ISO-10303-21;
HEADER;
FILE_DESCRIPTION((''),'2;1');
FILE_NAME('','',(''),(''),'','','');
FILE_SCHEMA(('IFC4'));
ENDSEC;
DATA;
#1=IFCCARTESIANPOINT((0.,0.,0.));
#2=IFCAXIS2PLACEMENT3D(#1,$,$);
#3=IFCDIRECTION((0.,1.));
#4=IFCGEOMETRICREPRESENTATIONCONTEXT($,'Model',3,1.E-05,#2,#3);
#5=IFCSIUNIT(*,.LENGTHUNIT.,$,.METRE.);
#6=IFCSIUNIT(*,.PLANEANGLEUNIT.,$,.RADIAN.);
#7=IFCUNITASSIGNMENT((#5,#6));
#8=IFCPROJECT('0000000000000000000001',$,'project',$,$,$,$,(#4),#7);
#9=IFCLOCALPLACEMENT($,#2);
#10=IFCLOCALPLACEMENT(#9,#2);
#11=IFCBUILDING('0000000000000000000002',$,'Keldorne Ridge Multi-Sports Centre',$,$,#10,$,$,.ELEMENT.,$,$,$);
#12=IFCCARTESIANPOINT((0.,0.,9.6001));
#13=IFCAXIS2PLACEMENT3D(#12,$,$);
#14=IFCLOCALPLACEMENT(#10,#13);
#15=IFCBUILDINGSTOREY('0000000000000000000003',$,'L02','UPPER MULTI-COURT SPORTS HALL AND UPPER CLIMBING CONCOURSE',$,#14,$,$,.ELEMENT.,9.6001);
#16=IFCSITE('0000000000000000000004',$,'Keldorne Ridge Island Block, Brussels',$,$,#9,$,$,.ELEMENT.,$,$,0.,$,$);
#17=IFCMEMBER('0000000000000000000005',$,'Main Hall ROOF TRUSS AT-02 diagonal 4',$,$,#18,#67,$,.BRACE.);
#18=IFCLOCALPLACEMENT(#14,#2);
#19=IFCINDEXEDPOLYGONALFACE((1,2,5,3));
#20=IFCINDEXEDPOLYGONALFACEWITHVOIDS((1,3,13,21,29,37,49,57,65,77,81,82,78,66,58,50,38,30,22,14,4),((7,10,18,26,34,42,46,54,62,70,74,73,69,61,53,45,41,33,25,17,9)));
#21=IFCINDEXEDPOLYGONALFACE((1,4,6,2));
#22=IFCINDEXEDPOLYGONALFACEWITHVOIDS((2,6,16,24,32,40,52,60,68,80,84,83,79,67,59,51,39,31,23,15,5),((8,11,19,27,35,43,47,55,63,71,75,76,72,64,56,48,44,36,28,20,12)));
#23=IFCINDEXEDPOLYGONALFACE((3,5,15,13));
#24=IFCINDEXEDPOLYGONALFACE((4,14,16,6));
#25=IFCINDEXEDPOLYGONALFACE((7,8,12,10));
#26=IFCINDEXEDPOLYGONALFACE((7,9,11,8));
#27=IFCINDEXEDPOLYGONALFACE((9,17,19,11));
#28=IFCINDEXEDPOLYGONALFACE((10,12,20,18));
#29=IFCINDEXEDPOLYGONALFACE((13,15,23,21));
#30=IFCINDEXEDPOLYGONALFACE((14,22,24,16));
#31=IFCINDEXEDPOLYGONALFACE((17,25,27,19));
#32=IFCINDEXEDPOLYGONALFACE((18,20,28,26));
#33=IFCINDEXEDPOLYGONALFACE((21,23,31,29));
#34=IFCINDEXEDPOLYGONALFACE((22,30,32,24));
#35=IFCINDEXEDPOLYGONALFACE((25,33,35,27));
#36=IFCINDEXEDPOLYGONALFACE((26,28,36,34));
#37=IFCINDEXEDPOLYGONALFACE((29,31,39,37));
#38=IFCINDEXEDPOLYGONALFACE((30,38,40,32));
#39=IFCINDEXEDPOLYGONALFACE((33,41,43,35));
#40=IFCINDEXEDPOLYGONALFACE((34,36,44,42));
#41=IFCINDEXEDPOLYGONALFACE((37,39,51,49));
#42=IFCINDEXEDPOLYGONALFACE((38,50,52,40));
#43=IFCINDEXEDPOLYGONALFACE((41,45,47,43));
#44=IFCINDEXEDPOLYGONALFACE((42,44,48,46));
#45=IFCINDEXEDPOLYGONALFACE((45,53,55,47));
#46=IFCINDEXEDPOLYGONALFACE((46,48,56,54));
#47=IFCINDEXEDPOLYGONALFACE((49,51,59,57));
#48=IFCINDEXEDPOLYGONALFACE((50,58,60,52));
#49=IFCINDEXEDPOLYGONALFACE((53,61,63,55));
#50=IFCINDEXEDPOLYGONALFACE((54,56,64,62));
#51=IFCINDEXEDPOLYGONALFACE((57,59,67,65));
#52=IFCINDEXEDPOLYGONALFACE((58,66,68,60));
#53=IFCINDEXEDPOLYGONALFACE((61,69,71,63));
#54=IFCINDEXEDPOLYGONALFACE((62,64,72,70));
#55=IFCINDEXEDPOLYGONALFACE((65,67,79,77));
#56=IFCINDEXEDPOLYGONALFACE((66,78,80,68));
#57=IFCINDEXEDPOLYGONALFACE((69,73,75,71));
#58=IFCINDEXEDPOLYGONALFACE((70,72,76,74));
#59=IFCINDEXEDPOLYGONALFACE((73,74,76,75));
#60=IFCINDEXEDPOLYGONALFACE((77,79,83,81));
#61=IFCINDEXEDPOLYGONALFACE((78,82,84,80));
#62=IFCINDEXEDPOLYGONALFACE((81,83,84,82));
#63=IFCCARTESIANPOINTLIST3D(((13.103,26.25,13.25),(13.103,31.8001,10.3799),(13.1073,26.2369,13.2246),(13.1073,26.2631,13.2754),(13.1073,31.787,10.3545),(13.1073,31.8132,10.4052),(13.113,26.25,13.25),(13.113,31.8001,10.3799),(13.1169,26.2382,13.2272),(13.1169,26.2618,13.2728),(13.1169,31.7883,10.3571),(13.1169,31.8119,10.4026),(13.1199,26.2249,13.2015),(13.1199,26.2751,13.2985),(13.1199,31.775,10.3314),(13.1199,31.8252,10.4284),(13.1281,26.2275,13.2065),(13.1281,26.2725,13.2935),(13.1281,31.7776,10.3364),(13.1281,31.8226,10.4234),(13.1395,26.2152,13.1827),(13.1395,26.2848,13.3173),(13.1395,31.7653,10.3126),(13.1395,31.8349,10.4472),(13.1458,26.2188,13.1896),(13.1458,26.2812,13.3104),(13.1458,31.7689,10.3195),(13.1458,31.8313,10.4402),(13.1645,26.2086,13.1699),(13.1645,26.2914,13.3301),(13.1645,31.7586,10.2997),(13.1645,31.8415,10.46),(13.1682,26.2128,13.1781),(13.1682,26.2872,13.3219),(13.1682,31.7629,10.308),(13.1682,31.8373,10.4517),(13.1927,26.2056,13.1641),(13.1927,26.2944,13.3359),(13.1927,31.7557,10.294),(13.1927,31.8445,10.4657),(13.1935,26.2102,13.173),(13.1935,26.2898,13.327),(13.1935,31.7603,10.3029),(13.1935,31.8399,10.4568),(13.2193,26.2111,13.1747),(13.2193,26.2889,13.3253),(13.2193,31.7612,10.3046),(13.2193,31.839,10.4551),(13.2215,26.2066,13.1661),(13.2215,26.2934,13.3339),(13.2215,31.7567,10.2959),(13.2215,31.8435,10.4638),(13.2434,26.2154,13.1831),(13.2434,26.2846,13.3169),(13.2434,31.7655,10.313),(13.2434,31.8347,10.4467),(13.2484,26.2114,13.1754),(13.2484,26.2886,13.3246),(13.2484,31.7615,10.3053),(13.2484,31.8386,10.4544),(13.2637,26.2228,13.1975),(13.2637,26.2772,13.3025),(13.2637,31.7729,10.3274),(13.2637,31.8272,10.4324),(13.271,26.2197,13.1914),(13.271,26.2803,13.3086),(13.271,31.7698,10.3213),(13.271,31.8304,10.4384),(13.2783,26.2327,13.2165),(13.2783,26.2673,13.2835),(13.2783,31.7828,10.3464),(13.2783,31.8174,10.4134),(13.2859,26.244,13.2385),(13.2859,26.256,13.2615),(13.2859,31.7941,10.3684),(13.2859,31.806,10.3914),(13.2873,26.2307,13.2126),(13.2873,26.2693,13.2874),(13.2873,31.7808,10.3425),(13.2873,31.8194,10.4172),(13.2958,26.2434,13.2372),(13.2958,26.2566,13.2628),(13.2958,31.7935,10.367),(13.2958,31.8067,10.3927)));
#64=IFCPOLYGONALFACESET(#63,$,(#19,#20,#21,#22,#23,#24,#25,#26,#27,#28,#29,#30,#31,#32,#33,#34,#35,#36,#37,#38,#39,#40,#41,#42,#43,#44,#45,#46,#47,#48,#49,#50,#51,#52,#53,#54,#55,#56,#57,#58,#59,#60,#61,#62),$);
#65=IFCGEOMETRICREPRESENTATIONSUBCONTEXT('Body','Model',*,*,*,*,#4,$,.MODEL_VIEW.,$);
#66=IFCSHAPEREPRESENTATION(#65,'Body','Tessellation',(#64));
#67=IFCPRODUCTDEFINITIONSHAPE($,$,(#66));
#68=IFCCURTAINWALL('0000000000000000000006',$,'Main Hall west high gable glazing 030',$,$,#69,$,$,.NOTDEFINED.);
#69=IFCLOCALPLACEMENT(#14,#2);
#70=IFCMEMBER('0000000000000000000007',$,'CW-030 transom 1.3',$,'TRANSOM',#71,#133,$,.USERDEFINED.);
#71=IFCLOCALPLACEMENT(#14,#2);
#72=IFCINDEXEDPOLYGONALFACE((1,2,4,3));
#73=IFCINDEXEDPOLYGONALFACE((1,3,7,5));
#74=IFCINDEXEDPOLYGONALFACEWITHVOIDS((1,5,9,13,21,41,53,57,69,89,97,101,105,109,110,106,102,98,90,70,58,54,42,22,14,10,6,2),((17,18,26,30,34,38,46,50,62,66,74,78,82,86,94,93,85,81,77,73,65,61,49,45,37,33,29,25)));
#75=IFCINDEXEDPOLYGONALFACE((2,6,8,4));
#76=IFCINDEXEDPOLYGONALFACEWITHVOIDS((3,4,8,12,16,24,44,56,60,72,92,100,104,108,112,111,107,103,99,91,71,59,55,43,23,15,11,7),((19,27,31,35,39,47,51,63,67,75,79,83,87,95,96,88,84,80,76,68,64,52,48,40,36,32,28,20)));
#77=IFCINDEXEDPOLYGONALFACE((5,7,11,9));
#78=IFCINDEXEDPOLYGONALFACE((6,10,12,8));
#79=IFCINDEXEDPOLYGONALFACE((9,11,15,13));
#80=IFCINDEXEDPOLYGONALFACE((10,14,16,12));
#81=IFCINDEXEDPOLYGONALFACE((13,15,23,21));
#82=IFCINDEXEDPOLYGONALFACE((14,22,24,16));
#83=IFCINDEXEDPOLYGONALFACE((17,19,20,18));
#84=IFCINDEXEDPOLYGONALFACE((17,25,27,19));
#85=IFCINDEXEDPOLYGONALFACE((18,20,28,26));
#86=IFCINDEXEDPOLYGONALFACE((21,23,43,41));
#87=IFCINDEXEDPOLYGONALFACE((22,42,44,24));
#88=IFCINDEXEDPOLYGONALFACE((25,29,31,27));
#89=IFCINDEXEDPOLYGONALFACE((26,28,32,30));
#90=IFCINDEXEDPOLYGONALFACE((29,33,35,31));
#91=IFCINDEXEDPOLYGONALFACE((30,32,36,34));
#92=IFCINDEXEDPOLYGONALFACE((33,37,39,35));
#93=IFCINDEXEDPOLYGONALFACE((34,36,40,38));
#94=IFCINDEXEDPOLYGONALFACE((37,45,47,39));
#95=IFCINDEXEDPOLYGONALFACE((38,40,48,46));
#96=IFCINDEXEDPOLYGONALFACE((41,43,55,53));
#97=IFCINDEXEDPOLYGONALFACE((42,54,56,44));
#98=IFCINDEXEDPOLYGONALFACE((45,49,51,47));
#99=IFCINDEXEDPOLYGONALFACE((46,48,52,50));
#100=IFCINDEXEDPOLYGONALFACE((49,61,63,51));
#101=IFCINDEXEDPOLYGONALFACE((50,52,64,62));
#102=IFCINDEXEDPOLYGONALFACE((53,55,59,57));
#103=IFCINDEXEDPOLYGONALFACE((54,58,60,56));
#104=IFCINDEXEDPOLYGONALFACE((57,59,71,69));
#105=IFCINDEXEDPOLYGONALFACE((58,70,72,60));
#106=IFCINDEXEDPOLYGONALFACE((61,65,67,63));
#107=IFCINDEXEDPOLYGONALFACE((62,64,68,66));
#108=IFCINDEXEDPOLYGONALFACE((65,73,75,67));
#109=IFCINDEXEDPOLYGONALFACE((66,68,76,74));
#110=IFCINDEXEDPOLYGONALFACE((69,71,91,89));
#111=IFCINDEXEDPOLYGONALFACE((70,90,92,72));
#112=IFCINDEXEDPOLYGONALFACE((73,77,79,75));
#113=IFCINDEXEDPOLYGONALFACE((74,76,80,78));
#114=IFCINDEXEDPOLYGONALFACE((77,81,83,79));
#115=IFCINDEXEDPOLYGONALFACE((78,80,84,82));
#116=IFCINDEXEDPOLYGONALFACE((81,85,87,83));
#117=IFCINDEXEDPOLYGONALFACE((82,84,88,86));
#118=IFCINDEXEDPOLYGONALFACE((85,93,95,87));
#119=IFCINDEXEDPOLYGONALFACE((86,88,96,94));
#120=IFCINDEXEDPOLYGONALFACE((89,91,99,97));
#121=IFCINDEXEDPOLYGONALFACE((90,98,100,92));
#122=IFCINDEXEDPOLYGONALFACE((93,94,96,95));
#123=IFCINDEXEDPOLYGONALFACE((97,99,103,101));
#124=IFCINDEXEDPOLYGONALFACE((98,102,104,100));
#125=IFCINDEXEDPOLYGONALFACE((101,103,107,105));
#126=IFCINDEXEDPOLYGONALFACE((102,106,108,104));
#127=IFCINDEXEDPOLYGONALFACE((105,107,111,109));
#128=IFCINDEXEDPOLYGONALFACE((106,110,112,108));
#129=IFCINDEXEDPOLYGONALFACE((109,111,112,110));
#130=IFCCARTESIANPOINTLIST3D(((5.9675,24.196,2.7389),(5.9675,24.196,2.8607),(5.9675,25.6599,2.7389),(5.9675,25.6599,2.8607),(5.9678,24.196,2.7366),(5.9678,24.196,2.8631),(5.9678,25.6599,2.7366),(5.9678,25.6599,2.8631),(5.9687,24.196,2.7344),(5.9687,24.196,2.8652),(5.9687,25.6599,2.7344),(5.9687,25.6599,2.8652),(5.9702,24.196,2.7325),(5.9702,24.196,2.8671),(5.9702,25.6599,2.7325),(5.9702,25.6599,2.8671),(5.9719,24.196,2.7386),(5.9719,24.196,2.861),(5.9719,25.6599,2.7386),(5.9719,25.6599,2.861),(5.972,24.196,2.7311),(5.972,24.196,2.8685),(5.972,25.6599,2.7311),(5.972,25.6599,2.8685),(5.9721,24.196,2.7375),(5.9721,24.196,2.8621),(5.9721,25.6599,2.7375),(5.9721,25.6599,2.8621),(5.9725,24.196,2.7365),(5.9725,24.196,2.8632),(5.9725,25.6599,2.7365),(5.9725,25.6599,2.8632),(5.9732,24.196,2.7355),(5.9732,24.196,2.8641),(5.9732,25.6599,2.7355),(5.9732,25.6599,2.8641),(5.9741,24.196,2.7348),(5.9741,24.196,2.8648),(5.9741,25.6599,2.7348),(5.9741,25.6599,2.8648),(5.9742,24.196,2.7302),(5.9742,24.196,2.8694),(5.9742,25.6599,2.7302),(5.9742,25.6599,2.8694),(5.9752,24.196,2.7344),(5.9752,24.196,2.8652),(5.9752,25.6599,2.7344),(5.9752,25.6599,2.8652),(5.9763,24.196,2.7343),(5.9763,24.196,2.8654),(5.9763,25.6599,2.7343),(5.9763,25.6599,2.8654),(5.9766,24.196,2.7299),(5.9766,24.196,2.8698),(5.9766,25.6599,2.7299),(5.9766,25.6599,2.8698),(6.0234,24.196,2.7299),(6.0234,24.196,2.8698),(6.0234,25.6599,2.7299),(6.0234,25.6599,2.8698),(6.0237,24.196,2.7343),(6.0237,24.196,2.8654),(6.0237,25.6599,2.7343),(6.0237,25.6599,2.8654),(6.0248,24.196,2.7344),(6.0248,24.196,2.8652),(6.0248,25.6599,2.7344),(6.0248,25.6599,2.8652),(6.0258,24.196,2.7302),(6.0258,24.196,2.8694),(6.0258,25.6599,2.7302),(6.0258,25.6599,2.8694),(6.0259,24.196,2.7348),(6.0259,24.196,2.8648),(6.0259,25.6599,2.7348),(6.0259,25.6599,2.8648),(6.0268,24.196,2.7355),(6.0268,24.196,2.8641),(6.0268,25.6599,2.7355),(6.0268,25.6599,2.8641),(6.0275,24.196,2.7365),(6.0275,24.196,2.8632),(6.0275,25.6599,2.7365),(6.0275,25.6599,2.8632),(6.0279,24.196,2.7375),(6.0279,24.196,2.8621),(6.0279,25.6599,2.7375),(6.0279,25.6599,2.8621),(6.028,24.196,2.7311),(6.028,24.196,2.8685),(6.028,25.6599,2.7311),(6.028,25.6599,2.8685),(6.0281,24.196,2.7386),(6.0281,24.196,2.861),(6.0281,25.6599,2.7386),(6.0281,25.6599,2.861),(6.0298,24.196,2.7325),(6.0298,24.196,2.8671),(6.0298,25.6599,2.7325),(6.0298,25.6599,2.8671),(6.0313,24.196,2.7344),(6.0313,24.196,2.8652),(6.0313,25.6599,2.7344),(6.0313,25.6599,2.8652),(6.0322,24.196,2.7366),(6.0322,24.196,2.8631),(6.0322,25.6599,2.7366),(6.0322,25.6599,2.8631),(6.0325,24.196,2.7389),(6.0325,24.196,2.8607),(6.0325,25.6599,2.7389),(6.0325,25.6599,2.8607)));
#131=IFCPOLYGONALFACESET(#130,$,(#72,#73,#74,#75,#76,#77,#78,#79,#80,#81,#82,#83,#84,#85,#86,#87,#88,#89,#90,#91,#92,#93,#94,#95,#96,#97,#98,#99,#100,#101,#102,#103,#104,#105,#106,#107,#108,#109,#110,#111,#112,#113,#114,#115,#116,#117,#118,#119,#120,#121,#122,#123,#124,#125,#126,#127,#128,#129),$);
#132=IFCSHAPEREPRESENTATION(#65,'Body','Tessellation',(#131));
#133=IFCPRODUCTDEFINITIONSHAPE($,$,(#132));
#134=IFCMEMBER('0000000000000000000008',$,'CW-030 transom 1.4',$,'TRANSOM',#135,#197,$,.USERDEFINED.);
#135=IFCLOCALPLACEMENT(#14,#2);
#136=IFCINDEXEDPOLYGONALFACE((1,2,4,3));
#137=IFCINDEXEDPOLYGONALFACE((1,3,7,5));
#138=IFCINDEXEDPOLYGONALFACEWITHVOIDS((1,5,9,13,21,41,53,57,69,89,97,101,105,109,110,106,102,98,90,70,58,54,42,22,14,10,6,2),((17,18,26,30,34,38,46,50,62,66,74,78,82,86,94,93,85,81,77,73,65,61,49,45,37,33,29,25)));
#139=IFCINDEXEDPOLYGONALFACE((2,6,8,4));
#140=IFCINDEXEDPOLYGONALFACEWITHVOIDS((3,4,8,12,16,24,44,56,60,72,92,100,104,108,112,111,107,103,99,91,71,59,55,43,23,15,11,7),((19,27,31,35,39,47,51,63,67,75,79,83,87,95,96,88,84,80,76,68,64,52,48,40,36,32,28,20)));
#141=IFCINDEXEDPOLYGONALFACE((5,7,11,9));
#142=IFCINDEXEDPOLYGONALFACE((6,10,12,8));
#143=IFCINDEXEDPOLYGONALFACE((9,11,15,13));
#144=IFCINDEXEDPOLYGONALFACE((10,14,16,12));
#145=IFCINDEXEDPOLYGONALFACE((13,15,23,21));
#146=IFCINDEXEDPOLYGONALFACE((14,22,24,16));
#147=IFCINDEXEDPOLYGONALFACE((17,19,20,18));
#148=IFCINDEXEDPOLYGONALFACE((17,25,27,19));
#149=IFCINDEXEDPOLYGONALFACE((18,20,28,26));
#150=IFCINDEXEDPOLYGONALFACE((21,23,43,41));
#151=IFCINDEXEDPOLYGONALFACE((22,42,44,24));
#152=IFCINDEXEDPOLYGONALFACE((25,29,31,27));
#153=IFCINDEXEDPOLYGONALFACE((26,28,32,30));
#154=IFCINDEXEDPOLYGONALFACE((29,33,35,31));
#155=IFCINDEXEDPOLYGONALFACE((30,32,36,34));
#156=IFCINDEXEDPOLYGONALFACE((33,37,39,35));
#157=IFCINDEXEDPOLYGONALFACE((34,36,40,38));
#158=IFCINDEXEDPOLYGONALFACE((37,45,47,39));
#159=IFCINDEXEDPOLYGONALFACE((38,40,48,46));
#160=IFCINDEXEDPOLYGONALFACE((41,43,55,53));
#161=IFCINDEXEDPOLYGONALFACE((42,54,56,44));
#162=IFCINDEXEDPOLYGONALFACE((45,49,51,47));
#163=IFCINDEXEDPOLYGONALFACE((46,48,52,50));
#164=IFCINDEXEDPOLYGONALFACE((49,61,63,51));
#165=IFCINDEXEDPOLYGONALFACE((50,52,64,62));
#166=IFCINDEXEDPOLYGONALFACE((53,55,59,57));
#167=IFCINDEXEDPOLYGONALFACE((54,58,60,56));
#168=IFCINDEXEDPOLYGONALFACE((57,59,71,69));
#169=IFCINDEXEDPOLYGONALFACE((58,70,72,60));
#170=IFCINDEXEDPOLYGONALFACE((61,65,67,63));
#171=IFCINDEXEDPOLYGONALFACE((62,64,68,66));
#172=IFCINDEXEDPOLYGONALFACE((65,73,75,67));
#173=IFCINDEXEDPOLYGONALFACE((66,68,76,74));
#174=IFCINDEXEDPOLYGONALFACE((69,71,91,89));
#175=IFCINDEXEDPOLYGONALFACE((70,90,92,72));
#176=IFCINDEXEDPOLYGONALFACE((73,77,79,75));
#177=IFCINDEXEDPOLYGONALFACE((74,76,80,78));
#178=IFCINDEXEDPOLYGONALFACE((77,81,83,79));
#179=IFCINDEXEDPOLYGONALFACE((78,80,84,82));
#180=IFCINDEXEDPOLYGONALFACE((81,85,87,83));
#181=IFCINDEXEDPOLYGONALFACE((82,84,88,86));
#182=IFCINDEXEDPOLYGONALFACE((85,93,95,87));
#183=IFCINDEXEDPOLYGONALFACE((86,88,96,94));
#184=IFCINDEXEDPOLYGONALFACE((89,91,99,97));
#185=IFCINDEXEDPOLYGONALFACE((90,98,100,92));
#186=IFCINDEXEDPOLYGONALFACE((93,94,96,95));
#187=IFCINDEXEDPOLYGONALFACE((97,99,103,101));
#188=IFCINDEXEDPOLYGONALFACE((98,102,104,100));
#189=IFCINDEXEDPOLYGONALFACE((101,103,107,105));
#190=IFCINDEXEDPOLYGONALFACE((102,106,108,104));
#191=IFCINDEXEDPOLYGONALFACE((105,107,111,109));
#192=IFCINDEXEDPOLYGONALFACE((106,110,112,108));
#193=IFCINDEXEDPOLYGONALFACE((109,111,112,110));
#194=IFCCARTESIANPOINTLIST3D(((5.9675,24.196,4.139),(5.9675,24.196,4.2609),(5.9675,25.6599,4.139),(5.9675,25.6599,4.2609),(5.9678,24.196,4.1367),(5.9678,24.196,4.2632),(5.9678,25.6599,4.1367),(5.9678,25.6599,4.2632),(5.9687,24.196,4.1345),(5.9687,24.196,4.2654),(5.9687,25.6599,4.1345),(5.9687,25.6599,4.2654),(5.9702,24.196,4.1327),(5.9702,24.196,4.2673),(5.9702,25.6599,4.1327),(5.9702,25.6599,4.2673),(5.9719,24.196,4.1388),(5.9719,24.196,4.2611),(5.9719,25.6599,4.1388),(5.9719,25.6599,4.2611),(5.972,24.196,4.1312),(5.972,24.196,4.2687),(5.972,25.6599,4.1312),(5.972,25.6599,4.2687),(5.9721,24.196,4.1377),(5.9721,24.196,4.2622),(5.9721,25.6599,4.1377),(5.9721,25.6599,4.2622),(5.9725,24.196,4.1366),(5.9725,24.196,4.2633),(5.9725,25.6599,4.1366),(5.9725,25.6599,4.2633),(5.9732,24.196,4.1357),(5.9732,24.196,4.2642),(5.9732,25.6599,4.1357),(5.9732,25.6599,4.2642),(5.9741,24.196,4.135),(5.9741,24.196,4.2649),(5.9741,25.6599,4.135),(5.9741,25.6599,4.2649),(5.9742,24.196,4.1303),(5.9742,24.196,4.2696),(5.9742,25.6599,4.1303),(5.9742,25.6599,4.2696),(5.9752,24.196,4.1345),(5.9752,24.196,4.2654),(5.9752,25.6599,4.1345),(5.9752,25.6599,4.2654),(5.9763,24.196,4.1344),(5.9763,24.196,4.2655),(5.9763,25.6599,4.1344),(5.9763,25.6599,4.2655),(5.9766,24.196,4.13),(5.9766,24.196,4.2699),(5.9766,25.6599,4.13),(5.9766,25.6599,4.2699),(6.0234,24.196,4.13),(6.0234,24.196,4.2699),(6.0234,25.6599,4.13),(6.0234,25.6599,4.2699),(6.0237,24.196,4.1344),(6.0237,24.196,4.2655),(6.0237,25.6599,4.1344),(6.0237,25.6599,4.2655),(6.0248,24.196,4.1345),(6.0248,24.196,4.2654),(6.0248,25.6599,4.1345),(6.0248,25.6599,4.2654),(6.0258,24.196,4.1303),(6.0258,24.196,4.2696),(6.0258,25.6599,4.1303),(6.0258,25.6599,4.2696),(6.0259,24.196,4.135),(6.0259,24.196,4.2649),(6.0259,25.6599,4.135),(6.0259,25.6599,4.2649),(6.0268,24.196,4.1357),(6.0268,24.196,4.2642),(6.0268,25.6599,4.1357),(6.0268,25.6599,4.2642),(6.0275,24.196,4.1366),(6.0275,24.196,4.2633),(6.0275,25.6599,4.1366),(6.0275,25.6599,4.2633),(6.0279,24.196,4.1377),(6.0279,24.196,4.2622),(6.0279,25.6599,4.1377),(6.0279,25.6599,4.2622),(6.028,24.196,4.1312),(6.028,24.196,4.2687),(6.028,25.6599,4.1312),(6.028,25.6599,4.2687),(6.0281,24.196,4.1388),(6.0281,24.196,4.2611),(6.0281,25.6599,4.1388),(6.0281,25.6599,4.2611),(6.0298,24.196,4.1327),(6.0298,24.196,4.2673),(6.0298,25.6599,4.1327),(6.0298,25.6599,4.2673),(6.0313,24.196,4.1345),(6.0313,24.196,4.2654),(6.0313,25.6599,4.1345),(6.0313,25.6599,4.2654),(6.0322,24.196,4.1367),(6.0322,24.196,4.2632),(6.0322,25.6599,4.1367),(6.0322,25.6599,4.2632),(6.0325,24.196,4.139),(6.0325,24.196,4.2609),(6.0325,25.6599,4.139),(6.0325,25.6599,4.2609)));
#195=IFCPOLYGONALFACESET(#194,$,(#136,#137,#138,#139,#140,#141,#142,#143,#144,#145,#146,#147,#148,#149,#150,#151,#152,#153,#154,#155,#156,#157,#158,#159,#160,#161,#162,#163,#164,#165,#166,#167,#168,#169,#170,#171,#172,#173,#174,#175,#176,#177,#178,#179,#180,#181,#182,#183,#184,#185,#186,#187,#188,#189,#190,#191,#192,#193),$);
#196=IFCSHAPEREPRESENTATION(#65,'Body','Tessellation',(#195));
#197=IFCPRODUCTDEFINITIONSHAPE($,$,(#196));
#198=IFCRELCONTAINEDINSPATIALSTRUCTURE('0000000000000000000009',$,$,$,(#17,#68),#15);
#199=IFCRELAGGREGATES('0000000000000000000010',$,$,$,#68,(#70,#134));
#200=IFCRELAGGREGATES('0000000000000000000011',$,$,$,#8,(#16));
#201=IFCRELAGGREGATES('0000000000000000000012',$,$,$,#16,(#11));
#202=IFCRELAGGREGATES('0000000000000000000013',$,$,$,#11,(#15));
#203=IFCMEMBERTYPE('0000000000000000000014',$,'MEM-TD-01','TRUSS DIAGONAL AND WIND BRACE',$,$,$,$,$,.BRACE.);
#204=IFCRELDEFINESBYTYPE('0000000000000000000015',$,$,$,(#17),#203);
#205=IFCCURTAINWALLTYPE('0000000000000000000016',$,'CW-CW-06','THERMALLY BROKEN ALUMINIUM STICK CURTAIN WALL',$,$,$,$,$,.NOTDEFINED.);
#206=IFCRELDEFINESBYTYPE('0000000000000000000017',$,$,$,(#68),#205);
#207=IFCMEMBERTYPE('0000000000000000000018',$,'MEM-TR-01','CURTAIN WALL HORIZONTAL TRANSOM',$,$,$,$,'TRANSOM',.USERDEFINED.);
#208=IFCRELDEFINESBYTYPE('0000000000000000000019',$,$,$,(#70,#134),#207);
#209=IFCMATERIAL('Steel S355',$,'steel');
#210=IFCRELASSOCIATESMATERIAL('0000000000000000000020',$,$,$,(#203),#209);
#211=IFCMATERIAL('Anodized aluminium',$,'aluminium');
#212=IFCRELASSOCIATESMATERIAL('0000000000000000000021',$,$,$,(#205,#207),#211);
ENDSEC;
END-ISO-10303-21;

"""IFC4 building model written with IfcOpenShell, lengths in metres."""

from ifc_helpers import new_model, si_unit, direction, frame, origin, origin_2d, place, context, subcontext, project, spatial, hollow_rectangle, hollow_circle, extrude, material, material_profile, profile_set, type_object, element, aggregate, save


model = new_model("IFC4")

# Units and contexts
model_context = context("Model", 3, precision=1e-05, world=origin(), true_north=direction((0.0, 1.0)))
body_context = subcontext(model_context, "Body", "Model", "MODEL_VIEW")
ifc_project = project(units=[si_unit("LENGTHUNIT", "METRE"), si_unit("PLANEANGLEUNIT", "RADIAN")], contexts=[model_context])

# Site, building, storey
site_placement = place(None, origin())
site = spatial("IfcSite", under=ifc_project, at=site_placement, Name="Keldorne Ridge Island Block, Brussels", CompositionType="ELEMENT", RefElevation=0.0)
building_placement = place(site_placement, origin())
building = spatial("IfcBuilding", under=site, at=building_placement, Name="Keldorne Ridge Multi-Sports Centre", CompositionType="ELEMENT")
storey_placement = place(building_placement, frame((0.0, 0.0, 9.6001)))
storey = spatial("IfcBuildingStorey", under=building, at=storey_placement, Name="L02", Description="UPPER MULTI-COURT SPORTS HALL AND UPPER CLIMBING CONCOURSE", CompositionType="ELEMENT", Elevation=9.6001)

# Member
ifc_material_1 = material(Name="Steel S355", Category="steel")
ifc_material_profile_1 = material_profile(ifc_material_1, hollow_circle(Radius=0.0969, WallThickness=0.01, at=origin_2d()), Name="CHS 193.7x10")
ifc_profile_set_1 = profile_set([ifc_material_profile_1], Name="Steel S355")
member_type_1 = type_object("IfcMemberType", Name="MEM-TD-01", Description="TRUSS DIAGONAL AND WIND BRACE", PredefinedType="BRACE", material=ifc_profile_set_1)
member_1_placement = place(storey_placement, frame((13.2, 26.25, 13.25), z_axis=(0.0, 0.888257, -0.459347), x_axis=(-1.0, 0.0, 0.0)))
element("IfcMember", 1, at=member_1_placement, inside=storey, type_object=member_type_1, Name="Main Hall ROOF TRUSS AT-02 diagonal 4", PredefinedType="BRACE", context=body_context, shape_type="SweptSolid", body=[
    extrude(hollow_circle(Radius=0.0969, WallThickness=0.01, at=origin_2d()), origin(), (0.0, 0.0, 1.0), 6.2483),
])

# Curtain wall, members
ifc_material_2 = material(Name="Anodized aluminium", Category="aluminium")
curtain_wall_type_1 = type_object("IfcCurtainWallType", Name="CW-CW-06", Description="THERMALLY BROKEN ALUMINIUM STICK CURTAIN WALL", PredefinedType="NOTDEFINED", material=ifc_material_2)
curtain_wall_1_placement = place(storey_placement, origin())
curtain_wall_1 = element("IfcCurtainWall", 2, at=curtain_wall_1_placement, inside=storey, type_object=curtain_wall_type_1, Name="Main Hall west high gable glazing 030", PredefinedType="NOTDEFINED")
ifc_material_profile_2 = material_profile(ifc_material_2, hollow_rectangle(XDim=0.0649, YDim=0.1399, WallThickness=0.0044, InnerFilletRadius=0.0044, OuterFilletRadius=0.009, at=origin_2d()), Name="ALU TRANSOM 140x65x4.5")
ifc_profile_set_2 = profile_set([ifc_material_profile_2], Name="Anodized aluminium")
member_type_2 = type_object("IfcMemberType", Name="MEM-TR-01", Description="CURTAIN WALL HORIZONTAL TRANSOM", ElementType="TRANSOM", PredefinedType="USERDEFINED", material=ifc_profile_set_2)
member_2_placement = place(storey_placement, frame((6.0, 25.6599, 2.7998), z_axis=(0.0, -1.0, 0.0), x_axis=(1.0, 0.0, 0.0)))
member_2 = element("IfcMember", 3, at=member_2_placement, type_object=member_type_2, Name="CW-030 transom 1.3", ObjectType="TRANSOM", PredefinedType="USERDEFINED", context=body_context, shape_type="SweptSolid", body=[
    extrude(hollow_rectangle(XDim=0.0649, YDim=0.1399, WallThickness=0.0044, InnerFilletRadius=0.0044, OuterFilletRadius=0.009, at=origin_2d()), origin(), (0.0, 0.0, 1.0), 1.4639),
])
member_3_placement = place(storey_placement, frame((6.0, 25.6599, 4.2), z_axis=(0.0, -1.0, 0.0), x_axis=(1.0, 0.0, 0.0)))
member_3 = element("IfcMember", 4, at=member_3_placement, type_object=member_type_2, Name="CW-030 transom 1.4", ObjectType="TRANSOM", PredefinedType="USERDEFINED", context=body_context, shape_type="SweptSolid", body=[
    extrude(hollow_rectangle(XDim=0.0649, YDim=0.1399, WallThickness=0.0044, InnerFilletRadius=0.0044, OuterFilletRadius=0.009, at=origin_2d()), origin(), (0.0, 0.0, 1.0), 1.4639),
])

aggregate(curtain_wall_1, [member_2, member_3])

save(model, "model.ifc")
